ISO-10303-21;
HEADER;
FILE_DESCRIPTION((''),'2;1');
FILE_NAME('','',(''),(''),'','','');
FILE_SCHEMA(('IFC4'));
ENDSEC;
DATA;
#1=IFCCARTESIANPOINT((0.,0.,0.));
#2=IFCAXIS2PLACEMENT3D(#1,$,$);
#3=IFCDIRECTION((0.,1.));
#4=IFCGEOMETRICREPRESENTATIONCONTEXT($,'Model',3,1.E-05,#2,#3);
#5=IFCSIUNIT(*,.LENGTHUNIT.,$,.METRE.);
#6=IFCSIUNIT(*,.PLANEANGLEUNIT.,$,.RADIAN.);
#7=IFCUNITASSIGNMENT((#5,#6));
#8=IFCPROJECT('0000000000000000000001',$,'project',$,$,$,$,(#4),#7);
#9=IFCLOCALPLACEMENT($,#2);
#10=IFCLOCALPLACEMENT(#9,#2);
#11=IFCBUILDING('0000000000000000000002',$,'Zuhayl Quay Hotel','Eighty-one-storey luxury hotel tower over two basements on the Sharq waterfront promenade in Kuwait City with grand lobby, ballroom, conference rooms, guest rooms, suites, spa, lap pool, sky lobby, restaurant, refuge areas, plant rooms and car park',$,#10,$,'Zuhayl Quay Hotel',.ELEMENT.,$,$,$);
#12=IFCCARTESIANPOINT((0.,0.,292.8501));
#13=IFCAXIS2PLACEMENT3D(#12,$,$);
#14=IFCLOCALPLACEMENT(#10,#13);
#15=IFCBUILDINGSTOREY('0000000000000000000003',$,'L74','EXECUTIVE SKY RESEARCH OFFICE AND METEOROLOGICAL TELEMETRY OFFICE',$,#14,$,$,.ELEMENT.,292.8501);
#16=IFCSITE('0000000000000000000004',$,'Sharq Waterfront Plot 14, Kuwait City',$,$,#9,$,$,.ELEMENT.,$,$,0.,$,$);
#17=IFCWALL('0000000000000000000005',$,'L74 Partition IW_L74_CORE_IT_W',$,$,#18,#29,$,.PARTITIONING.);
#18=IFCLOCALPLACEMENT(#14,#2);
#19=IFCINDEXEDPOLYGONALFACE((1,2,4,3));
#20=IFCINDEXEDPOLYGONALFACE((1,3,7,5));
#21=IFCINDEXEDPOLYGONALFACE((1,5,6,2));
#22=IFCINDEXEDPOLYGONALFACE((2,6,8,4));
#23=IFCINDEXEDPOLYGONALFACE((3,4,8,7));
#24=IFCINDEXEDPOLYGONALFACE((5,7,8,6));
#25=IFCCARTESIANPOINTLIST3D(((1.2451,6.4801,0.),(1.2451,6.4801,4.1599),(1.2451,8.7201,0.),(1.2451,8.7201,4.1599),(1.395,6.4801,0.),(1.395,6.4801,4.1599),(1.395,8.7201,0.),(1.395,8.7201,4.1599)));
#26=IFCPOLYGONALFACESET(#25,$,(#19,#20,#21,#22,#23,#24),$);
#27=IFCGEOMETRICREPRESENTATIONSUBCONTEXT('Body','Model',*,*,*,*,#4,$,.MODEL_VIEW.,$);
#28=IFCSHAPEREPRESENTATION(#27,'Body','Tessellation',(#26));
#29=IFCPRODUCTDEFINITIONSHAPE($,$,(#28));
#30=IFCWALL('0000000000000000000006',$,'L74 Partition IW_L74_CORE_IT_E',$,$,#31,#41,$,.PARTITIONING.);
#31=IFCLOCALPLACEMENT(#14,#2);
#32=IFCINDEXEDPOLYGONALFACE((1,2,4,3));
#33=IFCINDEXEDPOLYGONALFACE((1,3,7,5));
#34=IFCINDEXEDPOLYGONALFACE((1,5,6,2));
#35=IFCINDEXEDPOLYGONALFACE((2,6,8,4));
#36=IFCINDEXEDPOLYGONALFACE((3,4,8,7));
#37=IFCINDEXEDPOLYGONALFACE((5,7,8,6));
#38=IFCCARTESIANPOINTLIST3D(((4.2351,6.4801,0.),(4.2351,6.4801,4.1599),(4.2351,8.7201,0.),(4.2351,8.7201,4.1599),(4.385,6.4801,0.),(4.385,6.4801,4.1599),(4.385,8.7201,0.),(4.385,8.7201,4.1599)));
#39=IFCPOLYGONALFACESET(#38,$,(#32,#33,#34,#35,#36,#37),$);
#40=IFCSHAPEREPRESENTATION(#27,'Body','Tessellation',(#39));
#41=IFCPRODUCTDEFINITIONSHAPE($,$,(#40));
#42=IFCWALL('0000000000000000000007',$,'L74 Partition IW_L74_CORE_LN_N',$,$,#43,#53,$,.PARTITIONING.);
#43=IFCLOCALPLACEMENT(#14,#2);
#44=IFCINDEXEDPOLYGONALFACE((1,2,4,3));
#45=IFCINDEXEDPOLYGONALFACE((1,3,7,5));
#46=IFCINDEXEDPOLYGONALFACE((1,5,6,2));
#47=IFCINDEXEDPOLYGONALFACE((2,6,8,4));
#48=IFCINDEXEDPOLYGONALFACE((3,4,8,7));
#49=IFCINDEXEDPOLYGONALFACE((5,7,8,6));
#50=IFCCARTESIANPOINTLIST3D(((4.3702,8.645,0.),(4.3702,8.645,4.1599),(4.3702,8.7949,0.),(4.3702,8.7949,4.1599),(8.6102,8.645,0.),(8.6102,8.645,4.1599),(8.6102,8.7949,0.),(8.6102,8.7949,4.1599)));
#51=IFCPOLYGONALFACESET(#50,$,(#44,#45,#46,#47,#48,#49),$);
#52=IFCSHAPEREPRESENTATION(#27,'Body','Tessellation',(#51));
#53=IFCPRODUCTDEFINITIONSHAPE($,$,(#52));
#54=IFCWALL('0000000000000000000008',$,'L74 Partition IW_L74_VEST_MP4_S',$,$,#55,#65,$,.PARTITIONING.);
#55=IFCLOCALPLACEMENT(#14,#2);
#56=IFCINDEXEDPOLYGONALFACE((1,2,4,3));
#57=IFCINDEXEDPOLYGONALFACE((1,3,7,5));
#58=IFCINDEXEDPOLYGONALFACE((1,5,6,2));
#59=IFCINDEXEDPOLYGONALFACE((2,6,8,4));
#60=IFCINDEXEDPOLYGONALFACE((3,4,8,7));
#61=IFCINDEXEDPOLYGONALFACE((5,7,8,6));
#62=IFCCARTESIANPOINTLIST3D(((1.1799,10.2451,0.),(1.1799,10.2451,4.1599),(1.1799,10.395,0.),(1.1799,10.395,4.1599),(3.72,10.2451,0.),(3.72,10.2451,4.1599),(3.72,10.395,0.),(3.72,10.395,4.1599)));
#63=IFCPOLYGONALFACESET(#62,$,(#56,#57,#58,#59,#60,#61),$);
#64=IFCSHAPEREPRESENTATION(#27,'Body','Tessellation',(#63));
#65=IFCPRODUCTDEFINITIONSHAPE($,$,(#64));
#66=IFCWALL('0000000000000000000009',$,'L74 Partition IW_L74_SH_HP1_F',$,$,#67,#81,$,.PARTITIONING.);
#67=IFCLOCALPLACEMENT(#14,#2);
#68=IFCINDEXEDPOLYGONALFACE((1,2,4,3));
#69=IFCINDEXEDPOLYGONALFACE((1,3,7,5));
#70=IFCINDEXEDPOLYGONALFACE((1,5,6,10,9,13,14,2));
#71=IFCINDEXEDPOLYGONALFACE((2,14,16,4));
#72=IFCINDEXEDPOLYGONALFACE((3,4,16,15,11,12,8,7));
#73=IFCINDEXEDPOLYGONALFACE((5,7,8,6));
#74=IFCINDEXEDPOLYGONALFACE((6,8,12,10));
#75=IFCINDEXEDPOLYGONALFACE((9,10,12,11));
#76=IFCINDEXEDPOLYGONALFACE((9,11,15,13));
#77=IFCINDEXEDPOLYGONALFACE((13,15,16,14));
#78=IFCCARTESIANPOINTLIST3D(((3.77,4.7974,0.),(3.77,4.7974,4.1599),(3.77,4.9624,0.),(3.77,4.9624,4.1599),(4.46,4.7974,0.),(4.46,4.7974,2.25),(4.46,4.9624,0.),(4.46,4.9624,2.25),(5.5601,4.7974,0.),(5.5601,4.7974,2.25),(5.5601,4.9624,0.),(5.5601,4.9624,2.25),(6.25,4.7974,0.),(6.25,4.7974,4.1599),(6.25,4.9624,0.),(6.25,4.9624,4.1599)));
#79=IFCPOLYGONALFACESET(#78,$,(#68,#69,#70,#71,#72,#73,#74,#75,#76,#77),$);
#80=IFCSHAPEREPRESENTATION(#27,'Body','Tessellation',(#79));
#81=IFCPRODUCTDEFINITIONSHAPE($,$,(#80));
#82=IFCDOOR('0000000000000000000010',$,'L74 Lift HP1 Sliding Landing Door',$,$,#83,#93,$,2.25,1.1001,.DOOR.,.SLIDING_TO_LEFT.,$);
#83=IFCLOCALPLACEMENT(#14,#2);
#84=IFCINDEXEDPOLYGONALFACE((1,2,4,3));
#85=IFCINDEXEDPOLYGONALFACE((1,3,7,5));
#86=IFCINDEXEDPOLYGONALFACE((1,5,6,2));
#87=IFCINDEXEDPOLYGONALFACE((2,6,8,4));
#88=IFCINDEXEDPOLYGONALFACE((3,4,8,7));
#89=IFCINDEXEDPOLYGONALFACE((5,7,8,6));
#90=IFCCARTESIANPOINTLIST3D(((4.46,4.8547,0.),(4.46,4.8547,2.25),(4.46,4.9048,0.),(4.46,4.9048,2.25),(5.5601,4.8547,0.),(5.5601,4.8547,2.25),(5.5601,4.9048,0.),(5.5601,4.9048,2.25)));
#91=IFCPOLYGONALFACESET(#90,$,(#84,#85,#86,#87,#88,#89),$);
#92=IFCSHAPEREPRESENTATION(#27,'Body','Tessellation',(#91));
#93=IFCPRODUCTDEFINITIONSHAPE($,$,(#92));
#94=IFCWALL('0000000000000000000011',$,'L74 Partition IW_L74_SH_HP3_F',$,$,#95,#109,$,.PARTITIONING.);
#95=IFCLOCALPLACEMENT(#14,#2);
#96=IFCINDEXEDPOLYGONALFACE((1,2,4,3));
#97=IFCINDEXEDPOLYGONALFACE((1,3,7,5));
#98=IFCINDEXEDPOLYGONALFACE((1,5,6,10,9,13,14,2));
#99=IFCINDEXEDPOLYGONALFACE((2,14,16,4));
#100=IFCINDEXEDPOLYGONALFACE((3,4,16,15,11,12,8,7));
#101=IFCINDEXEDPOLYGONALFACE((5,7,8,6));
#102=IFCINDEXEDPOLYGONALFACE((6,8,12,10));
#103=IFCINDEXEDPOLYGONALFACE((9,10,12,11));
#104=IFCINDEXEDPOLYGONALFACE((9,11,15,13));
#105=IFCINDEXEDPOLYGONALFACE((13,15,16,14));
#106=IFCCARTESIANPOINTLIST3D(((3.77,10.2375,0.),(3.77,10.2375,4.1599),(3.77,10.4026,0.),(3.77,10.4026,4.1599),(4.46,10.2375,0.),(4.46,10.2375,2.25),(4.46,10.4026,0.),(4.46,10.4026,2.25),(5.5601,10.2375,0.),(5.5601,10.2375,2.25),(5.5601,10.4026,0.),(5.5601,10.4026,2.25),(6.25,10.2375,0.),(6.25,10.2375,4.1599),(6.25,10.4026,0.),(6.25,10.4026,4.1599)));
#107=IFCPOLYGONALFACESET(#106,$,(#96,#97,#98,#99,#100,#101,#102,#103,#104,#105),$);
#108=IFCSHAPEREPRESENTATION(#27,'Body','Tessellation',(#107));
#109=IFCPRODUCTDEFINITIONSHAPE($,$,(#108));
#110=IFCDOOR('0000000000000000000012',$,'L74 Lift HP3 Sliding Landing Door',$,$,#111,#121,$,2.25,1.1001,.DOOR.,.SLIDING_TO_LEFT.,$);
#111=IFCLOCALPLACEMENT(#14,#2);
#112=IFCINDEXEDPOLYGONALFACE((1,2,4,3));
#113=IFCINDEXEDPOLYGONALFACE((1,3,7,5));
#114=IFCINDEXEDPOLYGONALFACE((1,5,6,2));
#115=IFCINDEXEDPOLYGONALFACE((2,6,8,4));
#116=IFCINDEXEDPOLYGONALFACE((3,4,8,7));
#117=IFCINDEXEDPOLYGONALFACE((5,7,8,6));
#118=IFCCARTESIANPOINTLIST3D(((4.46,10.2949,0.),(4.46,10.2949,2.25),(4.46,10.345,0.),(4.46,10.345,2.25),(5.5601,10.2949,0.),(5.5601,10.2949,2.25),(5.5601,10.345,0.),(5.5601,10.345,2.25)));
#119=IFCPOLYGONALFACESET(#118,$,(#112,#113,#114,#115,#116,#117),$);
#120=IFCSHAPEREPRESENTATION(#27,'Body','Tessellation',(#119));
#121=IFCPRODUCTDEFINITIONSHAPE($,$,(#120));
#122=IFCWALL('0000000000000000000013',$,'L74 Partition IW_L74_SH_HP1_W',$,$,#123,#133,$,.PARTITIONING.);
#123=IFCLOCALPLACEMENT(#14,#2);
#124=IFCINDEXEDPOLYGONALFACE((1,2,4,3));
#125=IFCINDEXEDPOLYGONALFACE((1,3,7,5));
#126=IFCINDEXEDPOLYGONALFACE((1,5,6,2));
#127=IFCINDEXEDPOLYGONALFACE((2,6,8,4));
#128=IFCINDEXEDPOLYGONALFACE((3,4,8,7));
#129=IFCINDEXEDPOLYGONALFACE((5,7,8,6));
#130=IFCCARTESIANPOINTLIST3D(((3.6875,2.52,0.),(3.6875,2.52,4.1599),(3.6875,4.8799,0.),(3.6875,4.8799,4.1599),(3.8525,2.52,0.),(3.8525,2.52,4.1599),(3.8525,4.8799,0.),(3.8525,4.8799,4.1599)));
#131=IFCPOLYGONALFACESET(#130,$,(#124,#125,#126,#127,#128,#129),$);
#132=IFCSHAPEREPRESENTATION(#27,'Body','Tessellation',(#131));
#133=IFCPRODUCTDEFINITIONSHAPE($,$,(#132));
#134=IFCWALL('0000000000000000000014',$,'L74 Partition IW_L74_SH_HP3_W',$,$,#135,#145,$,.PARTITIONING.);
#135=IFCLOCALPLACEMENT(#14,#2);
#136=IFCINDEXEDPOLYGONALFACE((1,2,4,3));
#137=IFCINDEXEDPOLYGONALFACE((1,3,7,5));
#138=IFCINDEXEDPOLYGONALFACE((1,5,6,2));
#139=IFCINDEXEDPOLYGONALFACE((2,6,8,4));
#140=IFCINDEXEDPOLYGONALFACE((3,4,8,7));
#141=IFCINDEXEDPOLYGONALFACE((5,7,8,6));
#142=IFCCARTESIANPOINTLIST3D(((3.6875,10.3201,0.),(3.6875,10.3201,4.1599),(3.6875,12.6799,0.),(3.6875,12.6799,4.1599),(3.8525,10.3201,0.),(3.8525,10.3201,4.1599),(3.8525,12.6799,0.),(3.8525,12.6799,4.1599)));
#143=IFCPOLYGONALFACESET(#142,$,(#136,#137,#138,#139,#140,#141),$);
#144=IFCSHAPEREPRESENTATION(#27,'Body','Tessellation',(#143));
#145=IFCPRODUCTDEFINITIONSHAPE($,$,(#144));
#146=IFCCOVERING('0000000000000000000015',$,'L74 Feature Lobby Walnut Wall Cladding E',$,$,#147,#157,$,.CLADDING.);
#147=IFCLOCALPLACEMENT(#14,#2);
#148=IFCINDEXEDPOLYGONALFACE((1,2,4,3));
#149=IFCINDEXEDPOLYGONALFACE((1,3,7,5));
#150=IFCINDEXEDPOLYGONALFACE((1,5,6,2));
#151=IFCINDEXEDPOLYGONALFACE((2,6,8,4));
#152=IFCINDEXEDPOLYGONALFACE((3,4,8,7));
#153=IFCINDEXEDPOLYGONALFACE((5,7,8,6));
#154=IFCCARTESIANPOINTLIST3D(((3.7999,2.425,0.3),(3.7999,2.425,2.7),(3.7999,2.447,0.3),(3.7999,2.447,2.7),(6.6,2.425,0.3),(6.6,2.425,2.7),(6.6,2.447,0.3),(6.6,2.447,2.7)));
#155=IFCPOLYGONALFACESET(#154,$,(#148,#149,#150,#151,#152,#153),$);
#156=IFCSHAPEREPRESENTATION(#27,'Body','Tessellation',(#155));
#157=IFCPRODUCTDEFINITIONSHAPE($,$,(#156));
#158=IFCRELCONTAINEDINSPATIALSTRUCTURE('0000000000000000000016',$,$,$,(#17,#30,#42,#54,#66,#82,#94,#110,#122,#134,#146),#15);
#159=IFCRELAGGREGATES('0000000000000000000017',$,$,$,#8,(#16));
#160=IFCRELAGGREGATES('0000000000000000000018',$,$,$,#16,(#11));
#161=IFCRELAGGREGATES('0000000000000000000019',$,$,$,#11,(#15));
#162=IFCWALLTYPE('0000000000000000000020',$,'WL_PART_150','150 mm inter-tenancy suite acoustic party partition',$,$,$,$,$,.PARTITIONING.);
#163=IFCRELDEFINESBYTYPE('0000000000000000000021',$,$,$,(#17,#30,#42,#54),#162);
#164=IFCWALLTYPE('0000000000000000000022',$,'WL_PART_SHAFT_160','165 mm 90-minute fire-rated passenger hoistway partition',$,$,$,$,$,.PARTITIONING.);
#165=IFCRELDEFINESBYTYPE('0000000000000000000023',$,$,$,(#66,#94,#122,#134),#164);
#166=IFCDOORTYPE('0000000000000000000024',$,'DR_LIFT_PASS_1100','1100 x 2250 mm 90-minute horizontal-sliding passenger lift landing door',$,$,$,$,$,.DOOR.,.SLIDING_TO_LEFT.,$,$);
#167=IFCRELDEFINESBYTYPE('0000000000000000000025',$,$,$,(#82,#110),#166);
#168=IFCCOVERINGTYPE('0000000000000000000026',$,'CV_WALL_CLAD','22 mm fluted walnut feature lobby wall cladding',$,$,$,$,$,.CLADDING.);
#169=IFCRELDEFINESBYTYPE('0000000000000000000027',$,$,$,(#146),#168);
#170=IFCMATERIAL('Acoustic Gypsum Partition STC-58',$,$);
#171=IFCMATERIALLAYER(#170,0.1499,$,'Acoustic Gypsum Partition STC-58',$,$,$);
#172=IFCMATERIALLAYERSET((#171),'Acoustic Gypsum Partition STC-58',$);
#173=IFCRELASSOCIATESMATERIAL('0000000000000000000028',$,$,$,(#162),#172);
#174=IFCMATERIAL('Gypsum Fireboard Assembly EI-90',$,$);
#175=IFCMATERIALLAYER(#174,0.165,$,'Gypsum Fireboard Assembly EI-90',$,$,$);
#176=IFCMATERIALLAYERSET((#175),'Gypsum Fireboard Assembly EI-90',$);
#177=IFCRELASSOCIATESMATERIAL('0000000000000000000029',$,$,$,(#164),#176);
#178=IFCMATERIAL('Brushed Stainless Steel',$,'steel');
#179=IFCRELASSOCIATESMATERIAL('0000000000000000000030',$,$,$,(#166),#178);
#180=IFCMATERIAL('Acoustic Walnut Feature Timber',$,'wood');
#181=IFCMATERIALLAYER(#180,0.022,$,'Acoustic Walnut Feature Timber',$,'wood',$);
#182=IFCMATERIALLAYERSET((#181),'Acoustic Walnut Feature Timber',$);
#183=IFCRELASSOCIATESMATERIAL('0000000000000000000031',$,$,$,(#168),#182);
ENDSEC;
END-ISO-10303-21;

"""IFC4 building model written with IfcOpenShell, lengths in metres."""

from ifc_helpers import new_model, si_unit, direction, frame, frame_2d, origin, origin_2d, place, context, subcontext, project, spatial, rectangle, extrude, material, layer, layer_set, type_object, element, fill, save


model = new_model("IFC4")

# Units and contexts
model_context = context("Model", 3, precision=1e-05, world=origin(), true_north=direction((0.0, 1.0)))
body_context = subcontext(model_context, "Body", "Model", "MODEL_VIEW")
ifc_project = project(units=[si_unit("LENGTHUNIT", "METRE"), si_unit("PLANEANGLEUNIT", "RADIAN")], contexts=[model_context])

# Site, building, storey
site_placement = place(None, origin())
site = spatial("IfcSite", under=ifc_project, at=site_placement, Name="Sharq Waterfront Plot 14, Kuwait City", CompositionType="ELEMENT", RefElevation=0.0)
building_placement = place(site_placement, origin())
building = spatial("IfcBuilding", under=site, at=building_placement, Name="Zuhayl Quay Hotel", Description="Eighty-one-storey luxury hotel tower over two basements on the Sharq waterfront promenade in Kuwait City with grand lobby, ballroom, conference rooms, guest rooms, suites, spa, lap pool, sky lobby, restaurant, refuge areas, plant rooms and car park", LongName="Zuhayl Quay Hotel", CompositionType="ELEMENT")
storey_placement = place(building_placement, frame((0.0, 0.0, 292.8501)))
storey = spatial("IfcBuildingStorey", under=building, at=storey_placement, Name="L74", Description="EXECUTIVE SKY RESEARCH OFFICE AND METEOROLOGICAL TELEMETRY OFFICE", CompositionType="ELEMENT", Elevation=292.8501)

# Shared definitions
ifc_material_1 = material(Name="Acoustic Gypsum Partition STC-58")
ifc_layer_1 = layer(ifc_material_1, 0.1499, Name="Acoustic Gypsum Partition STC-58")
ifc_layer_set_1 = layer_set([ifc_layer_1], Name="Acoustic Gypsum Partition STC-58")
wall_type_1 = type_object("IfcWallType", Name="WL_PART_150", Description="150 mm inter-tenancy suite acoustic party partition", PredefinedType="PARTITIONING", material=ifc_layer_set_1)

# Walls
for number, where, z_axis, x_axis, name in (
    (1, (1.3201, 6.48, 0.0), (0.0, 0.0, 1.0), (0.0, 1.0, 0.0), "L74 Partition IW_L74_CORE_IT_W"),
    (2, (4.3101, 6.48, 0.0), (0.0, 0.0, 1.0), (0.0, 1.0, 0.0), "L74 Partition IW_L74_CORE_IT_E"),
):
    element("IfcWall", number, at=place(storey_placement, frame(where, z_axis=z_axis, x_axis=x_axis)), inside=storey, type_object=wall_type_1, Name=name, PredefinedType="PARTITIONING", context=body_context, shape_type="SweptSolid", body=[
        extrude(rectangle(XDim=2.24, YDim=0.1499, at=frame_2d((1.1201, 0.0))), origin(), (0.0, 0.0, 1.0), 4.1599),
    ])
wall_1_placement = place(storey_placement, frame((4.3701, 8.72, 0.0), z_axis=(0.0, 0.0, 1.0), x_axis=(1.0, 0.0, 0.0)))
element("IfcWall", 3, at=wall_1_placement, inside=storey, type_object=wall_type_1, Name="L74 Partition IW_L74_CORE_LN_N", PredefinedType="PARTITIONING", context=body_context, shape_type="SweptSolid", body=[
    extrude(rectangle(XDim=4.24, YDim=0.1499, at=frame_2d((2.1201, 0.0))), origin(), (0.0, 0.0, 1.0), 4.1599),
])
wall_2_placement = place(storey_placement, frame((1.1799, 10.3201, 0.0), z_axis=(0.0, 0.0, 1.0), x_axis=(1.0, 0.0, 0.0)))
element("IfcWall", 4, at=wall_2_placement, inside=storey, type_object=wall_type_1, Name="L74 Partition IW_L74_VEST_MP4_S", PredefinedType="PARTITIONING", context=body_context, shape_type="SweptSolid", body=[
    extrude(rectangle(XDim=2.54, YDim=0.1499, at=frame_2d((1.27, 0.0))), origin(), (0.0, 0.0, 1.0), 4.1599),
])

# Walls, openings, doors
ifc_material_2 = material(Name="Gypsum Fireboard Assembly EI-90")
ifc_layer_2 = layer(ifc_material_2, 0.165, Name="Gypsum Fireboard Assembly EI-90")
ifc_layer_set_2 = layer_set([ifc_layer_2], Name="Gypsum Fireboard Assembly EI-90")
wall_type_2 = type_object("IfcWallType", Name="WL_PART_SHAFT_160", Description="165 mm 90-minute fire-rated passenger hoistway partition", PredefinedType="PARTITIONING", material=ifc_layer_set_2)
wall_3_placement = place(storey_placement, frame((3.77, 4.8799, 0.0), z_axis=(0.0, 0.0, 1.0), x_axis=(1.0, 0.0, 0.0)))
wall_3 = element("IfcWall", 5, at=wall_3_placement, inside=storey, type_object=wall_type_2, Name="L74 Partition IW_L74_SH_HP1_F", PredefinedType="PARTITIONING", context=body_context, shape_type="SweptSolid", body=[
    extrude(rectangle(XDim=2.48, YDim=0.165, at=frame_2d((1.24, 0.0))), origin(), (0.0, 0.0, 1.0), 4.1599),
])
opening_1_placement = place(wall_3_placement, frame((0.6899, 0.0, 0.0)))
opening_1 = element("IfcOpeningElement", 6, at=opening_1_placement, cuts=wall_3, PredefinedType="OPENING", context=body_context, shape_type="SweptSolid", body=[
    extrude(rectangle(XDim=1.1001, YDim=2.25, at=frame_2d((0.55, 1.125))), frame((0.0, 0.0925, 0.0), z_axis=(0.0, -1.0, 0.0), x_axis=(1.0, 0.0, 0.0)), (0.0, 0.0, 1.0), 0.1851),
])
ifc_material_3 = material(Name="Brushed Stainless Steel", Category="steel")
door_type_1 = type_object("IfcDoorType", Name="DR_LIFT_PASS_1100", Description="1100 x 2250 mm 90-minute horizontal-sliding passenger lift landing door", OperationType="SLIDING_TO_LEFT", PredefinedType="DOOR", material=ifc_material_3)
door_1_placement = place(opening_1_placement, origin())
door_1 = element("IfcDoor", 7, at=door_1_placement, inside=storey, type_object=door_type_1, Name="L74 Lift HP1 Sliding Landing Door", OperationType="SLIDING_TO_LEFT", OverallHeight=2.25, OverallWidth=1.1001, PredefinedType="DOOR", context=body_context, shape_type="SweptSolid", body=[
    extrude(rectangle(XDim=1.1001, YDim=2.25, at=frame_2d((0.55, 1.125))), frame((0.0, 0.0249, 0.0), z_axis=(0.0, -1.0, 0.0), x_axis=(1.0, 0.0, 0.0)), (0.0, 0.0, 1.0), 0.05),
])
fill(opening_1, door_1)
wall_4_placement = place(storey_placement, frame((3.77, 10.3201, 0.0), z_axis=(0.0, 0.0, 1.0), x_axis=(1.0, 0.0, 0.0)))
wall_4 = element("IfcWall", 8, at=wall_4_placement, inside=storey, type_object=wall_type_2, Name="L74 Partition IW_L74_SH_HP3_F", PredefinedType="PARTITIONING", context=body_context, shape_type="SweptSolid", body=[
    extrude(rectangle(XDim=2.48, YDim=0.165, at=frame_2d((1.24, 0.0))), origin(), (0.0, 0.0, 1.0), 4.1599),
])
opening_2_placement = place(wall_4_placement, frame((0.6899, 0.0, 0.0)))
opening_2 = element("IfcOpeningElement", 9, at=opening_2_placement, cuts=wall_4, PredefinedType="OPENING", context=body_context, shape_type="SweptSolid", body=[
    extrude(rectangle(XDim=1.1001, YDim=2.25, at=frame_2d((0.55, 1.125))), frame((0.0, 0.0925, 0.0), z_axis=(0.0, -1.0, 0.0), x_axis=(1.0, 0.0, 0.0)), (0.0, 0.0, 1.0), 0.1851),
])
door_2_placement = place(opening_2_placement, origin())
door_2 = element("IfcDoor", 10, at=door_2_placement, inside=storey, type_object=door_type_1, Name="L74 Lift HP3 Sliding Landing Door", OperationType="SLIDING_TO_LEFT", OverallHeight=2.25, OverallWidth=1.1001, PredefinedType="DOOR", context=body_context, shape_type="SweptSolid", body=[
    extrude(rectangle(XDim=1.1001, YDim=2.25, at=frame_2d((0.55, 1.125))), frame((0.0, 0.0249, 0.0), z_axis=(0.0, -1.0, 0.0), x_axis=(1.0, 0.0, 0.0)), (0.0, 0.0, 1.0), 0.05),
])
fill(opening_2, door_2)

# Walls
for number, where, z_axis, x_axis, name in (
    (11, (3.77, 2.52, 0.0), (0.0, 0.0, 1.0), (0.0, 1.0, 0.0), "L74 Partition IW_L74_SH_HP1_W"),
    (12, (3.77, 10.3201, 0.0), (0.0, 0.0, 1.0), (0.0, 1.0, 0.0), "L74 Partition IW_L74_SH_HP3_W"),
):
    element("IfcWall", number, at=place(storey_placement, frame(where, z_axis=z_axis, x_axis=x_axis)), inside=storey, type_object=wall_type_2, Name=name, PredefinedType="PARTITIONING", context=body_context, shape_type="SweptSolid", body=[
        extrude(rectangle(XDim=2.3599, YDim=0.165, at=frame_2d((1.1799, 0.0))), origin(), (0.0, 0.0, 1.0), 4.1599),
    ])

# Covering
ifc_material_4 = material(Name="Acoustic Walnut Feature Timber", Category="wood")
ifc_layer_3 = layer(ifc_material_4, 0.022, Name="Acoustic Walnut Feature Timber", Category="wood")
ifc_layer_set_3 = layer_set([ifc_layer_3], Name="Acoustic Walnut Feature Timber")
covering_type = type_object("IfcCoveringType", Name="CV_WALL_CLAD", Description="22 mm fluted walnut feature lobby wall cladding", PredefinedType="CLADDING", material=ifc_layer_set_3)
covering_placement = place(storey_placement, frame((5.2, 2.436, 0.3), z_axis=(0.0, 0.0, 1.0), x_axis=(1.0, 0.0, 0.0)))
element("IfcCovering", 13, at=covering_placement, inside=storey, type_object=covering_type, Name="L74 Feature Lobby Walnut Wall Cladding E", PredefinedType="CLADDING", context=body_context, shape_type="SweptSolid", body=[
    extrude(rectangle(XDim=2.8, YDim=0.022, at=origin_2d()), origin(), (0.0, 0.0, 1.0), 2.3999),
])

save(model, "model.ifc")
